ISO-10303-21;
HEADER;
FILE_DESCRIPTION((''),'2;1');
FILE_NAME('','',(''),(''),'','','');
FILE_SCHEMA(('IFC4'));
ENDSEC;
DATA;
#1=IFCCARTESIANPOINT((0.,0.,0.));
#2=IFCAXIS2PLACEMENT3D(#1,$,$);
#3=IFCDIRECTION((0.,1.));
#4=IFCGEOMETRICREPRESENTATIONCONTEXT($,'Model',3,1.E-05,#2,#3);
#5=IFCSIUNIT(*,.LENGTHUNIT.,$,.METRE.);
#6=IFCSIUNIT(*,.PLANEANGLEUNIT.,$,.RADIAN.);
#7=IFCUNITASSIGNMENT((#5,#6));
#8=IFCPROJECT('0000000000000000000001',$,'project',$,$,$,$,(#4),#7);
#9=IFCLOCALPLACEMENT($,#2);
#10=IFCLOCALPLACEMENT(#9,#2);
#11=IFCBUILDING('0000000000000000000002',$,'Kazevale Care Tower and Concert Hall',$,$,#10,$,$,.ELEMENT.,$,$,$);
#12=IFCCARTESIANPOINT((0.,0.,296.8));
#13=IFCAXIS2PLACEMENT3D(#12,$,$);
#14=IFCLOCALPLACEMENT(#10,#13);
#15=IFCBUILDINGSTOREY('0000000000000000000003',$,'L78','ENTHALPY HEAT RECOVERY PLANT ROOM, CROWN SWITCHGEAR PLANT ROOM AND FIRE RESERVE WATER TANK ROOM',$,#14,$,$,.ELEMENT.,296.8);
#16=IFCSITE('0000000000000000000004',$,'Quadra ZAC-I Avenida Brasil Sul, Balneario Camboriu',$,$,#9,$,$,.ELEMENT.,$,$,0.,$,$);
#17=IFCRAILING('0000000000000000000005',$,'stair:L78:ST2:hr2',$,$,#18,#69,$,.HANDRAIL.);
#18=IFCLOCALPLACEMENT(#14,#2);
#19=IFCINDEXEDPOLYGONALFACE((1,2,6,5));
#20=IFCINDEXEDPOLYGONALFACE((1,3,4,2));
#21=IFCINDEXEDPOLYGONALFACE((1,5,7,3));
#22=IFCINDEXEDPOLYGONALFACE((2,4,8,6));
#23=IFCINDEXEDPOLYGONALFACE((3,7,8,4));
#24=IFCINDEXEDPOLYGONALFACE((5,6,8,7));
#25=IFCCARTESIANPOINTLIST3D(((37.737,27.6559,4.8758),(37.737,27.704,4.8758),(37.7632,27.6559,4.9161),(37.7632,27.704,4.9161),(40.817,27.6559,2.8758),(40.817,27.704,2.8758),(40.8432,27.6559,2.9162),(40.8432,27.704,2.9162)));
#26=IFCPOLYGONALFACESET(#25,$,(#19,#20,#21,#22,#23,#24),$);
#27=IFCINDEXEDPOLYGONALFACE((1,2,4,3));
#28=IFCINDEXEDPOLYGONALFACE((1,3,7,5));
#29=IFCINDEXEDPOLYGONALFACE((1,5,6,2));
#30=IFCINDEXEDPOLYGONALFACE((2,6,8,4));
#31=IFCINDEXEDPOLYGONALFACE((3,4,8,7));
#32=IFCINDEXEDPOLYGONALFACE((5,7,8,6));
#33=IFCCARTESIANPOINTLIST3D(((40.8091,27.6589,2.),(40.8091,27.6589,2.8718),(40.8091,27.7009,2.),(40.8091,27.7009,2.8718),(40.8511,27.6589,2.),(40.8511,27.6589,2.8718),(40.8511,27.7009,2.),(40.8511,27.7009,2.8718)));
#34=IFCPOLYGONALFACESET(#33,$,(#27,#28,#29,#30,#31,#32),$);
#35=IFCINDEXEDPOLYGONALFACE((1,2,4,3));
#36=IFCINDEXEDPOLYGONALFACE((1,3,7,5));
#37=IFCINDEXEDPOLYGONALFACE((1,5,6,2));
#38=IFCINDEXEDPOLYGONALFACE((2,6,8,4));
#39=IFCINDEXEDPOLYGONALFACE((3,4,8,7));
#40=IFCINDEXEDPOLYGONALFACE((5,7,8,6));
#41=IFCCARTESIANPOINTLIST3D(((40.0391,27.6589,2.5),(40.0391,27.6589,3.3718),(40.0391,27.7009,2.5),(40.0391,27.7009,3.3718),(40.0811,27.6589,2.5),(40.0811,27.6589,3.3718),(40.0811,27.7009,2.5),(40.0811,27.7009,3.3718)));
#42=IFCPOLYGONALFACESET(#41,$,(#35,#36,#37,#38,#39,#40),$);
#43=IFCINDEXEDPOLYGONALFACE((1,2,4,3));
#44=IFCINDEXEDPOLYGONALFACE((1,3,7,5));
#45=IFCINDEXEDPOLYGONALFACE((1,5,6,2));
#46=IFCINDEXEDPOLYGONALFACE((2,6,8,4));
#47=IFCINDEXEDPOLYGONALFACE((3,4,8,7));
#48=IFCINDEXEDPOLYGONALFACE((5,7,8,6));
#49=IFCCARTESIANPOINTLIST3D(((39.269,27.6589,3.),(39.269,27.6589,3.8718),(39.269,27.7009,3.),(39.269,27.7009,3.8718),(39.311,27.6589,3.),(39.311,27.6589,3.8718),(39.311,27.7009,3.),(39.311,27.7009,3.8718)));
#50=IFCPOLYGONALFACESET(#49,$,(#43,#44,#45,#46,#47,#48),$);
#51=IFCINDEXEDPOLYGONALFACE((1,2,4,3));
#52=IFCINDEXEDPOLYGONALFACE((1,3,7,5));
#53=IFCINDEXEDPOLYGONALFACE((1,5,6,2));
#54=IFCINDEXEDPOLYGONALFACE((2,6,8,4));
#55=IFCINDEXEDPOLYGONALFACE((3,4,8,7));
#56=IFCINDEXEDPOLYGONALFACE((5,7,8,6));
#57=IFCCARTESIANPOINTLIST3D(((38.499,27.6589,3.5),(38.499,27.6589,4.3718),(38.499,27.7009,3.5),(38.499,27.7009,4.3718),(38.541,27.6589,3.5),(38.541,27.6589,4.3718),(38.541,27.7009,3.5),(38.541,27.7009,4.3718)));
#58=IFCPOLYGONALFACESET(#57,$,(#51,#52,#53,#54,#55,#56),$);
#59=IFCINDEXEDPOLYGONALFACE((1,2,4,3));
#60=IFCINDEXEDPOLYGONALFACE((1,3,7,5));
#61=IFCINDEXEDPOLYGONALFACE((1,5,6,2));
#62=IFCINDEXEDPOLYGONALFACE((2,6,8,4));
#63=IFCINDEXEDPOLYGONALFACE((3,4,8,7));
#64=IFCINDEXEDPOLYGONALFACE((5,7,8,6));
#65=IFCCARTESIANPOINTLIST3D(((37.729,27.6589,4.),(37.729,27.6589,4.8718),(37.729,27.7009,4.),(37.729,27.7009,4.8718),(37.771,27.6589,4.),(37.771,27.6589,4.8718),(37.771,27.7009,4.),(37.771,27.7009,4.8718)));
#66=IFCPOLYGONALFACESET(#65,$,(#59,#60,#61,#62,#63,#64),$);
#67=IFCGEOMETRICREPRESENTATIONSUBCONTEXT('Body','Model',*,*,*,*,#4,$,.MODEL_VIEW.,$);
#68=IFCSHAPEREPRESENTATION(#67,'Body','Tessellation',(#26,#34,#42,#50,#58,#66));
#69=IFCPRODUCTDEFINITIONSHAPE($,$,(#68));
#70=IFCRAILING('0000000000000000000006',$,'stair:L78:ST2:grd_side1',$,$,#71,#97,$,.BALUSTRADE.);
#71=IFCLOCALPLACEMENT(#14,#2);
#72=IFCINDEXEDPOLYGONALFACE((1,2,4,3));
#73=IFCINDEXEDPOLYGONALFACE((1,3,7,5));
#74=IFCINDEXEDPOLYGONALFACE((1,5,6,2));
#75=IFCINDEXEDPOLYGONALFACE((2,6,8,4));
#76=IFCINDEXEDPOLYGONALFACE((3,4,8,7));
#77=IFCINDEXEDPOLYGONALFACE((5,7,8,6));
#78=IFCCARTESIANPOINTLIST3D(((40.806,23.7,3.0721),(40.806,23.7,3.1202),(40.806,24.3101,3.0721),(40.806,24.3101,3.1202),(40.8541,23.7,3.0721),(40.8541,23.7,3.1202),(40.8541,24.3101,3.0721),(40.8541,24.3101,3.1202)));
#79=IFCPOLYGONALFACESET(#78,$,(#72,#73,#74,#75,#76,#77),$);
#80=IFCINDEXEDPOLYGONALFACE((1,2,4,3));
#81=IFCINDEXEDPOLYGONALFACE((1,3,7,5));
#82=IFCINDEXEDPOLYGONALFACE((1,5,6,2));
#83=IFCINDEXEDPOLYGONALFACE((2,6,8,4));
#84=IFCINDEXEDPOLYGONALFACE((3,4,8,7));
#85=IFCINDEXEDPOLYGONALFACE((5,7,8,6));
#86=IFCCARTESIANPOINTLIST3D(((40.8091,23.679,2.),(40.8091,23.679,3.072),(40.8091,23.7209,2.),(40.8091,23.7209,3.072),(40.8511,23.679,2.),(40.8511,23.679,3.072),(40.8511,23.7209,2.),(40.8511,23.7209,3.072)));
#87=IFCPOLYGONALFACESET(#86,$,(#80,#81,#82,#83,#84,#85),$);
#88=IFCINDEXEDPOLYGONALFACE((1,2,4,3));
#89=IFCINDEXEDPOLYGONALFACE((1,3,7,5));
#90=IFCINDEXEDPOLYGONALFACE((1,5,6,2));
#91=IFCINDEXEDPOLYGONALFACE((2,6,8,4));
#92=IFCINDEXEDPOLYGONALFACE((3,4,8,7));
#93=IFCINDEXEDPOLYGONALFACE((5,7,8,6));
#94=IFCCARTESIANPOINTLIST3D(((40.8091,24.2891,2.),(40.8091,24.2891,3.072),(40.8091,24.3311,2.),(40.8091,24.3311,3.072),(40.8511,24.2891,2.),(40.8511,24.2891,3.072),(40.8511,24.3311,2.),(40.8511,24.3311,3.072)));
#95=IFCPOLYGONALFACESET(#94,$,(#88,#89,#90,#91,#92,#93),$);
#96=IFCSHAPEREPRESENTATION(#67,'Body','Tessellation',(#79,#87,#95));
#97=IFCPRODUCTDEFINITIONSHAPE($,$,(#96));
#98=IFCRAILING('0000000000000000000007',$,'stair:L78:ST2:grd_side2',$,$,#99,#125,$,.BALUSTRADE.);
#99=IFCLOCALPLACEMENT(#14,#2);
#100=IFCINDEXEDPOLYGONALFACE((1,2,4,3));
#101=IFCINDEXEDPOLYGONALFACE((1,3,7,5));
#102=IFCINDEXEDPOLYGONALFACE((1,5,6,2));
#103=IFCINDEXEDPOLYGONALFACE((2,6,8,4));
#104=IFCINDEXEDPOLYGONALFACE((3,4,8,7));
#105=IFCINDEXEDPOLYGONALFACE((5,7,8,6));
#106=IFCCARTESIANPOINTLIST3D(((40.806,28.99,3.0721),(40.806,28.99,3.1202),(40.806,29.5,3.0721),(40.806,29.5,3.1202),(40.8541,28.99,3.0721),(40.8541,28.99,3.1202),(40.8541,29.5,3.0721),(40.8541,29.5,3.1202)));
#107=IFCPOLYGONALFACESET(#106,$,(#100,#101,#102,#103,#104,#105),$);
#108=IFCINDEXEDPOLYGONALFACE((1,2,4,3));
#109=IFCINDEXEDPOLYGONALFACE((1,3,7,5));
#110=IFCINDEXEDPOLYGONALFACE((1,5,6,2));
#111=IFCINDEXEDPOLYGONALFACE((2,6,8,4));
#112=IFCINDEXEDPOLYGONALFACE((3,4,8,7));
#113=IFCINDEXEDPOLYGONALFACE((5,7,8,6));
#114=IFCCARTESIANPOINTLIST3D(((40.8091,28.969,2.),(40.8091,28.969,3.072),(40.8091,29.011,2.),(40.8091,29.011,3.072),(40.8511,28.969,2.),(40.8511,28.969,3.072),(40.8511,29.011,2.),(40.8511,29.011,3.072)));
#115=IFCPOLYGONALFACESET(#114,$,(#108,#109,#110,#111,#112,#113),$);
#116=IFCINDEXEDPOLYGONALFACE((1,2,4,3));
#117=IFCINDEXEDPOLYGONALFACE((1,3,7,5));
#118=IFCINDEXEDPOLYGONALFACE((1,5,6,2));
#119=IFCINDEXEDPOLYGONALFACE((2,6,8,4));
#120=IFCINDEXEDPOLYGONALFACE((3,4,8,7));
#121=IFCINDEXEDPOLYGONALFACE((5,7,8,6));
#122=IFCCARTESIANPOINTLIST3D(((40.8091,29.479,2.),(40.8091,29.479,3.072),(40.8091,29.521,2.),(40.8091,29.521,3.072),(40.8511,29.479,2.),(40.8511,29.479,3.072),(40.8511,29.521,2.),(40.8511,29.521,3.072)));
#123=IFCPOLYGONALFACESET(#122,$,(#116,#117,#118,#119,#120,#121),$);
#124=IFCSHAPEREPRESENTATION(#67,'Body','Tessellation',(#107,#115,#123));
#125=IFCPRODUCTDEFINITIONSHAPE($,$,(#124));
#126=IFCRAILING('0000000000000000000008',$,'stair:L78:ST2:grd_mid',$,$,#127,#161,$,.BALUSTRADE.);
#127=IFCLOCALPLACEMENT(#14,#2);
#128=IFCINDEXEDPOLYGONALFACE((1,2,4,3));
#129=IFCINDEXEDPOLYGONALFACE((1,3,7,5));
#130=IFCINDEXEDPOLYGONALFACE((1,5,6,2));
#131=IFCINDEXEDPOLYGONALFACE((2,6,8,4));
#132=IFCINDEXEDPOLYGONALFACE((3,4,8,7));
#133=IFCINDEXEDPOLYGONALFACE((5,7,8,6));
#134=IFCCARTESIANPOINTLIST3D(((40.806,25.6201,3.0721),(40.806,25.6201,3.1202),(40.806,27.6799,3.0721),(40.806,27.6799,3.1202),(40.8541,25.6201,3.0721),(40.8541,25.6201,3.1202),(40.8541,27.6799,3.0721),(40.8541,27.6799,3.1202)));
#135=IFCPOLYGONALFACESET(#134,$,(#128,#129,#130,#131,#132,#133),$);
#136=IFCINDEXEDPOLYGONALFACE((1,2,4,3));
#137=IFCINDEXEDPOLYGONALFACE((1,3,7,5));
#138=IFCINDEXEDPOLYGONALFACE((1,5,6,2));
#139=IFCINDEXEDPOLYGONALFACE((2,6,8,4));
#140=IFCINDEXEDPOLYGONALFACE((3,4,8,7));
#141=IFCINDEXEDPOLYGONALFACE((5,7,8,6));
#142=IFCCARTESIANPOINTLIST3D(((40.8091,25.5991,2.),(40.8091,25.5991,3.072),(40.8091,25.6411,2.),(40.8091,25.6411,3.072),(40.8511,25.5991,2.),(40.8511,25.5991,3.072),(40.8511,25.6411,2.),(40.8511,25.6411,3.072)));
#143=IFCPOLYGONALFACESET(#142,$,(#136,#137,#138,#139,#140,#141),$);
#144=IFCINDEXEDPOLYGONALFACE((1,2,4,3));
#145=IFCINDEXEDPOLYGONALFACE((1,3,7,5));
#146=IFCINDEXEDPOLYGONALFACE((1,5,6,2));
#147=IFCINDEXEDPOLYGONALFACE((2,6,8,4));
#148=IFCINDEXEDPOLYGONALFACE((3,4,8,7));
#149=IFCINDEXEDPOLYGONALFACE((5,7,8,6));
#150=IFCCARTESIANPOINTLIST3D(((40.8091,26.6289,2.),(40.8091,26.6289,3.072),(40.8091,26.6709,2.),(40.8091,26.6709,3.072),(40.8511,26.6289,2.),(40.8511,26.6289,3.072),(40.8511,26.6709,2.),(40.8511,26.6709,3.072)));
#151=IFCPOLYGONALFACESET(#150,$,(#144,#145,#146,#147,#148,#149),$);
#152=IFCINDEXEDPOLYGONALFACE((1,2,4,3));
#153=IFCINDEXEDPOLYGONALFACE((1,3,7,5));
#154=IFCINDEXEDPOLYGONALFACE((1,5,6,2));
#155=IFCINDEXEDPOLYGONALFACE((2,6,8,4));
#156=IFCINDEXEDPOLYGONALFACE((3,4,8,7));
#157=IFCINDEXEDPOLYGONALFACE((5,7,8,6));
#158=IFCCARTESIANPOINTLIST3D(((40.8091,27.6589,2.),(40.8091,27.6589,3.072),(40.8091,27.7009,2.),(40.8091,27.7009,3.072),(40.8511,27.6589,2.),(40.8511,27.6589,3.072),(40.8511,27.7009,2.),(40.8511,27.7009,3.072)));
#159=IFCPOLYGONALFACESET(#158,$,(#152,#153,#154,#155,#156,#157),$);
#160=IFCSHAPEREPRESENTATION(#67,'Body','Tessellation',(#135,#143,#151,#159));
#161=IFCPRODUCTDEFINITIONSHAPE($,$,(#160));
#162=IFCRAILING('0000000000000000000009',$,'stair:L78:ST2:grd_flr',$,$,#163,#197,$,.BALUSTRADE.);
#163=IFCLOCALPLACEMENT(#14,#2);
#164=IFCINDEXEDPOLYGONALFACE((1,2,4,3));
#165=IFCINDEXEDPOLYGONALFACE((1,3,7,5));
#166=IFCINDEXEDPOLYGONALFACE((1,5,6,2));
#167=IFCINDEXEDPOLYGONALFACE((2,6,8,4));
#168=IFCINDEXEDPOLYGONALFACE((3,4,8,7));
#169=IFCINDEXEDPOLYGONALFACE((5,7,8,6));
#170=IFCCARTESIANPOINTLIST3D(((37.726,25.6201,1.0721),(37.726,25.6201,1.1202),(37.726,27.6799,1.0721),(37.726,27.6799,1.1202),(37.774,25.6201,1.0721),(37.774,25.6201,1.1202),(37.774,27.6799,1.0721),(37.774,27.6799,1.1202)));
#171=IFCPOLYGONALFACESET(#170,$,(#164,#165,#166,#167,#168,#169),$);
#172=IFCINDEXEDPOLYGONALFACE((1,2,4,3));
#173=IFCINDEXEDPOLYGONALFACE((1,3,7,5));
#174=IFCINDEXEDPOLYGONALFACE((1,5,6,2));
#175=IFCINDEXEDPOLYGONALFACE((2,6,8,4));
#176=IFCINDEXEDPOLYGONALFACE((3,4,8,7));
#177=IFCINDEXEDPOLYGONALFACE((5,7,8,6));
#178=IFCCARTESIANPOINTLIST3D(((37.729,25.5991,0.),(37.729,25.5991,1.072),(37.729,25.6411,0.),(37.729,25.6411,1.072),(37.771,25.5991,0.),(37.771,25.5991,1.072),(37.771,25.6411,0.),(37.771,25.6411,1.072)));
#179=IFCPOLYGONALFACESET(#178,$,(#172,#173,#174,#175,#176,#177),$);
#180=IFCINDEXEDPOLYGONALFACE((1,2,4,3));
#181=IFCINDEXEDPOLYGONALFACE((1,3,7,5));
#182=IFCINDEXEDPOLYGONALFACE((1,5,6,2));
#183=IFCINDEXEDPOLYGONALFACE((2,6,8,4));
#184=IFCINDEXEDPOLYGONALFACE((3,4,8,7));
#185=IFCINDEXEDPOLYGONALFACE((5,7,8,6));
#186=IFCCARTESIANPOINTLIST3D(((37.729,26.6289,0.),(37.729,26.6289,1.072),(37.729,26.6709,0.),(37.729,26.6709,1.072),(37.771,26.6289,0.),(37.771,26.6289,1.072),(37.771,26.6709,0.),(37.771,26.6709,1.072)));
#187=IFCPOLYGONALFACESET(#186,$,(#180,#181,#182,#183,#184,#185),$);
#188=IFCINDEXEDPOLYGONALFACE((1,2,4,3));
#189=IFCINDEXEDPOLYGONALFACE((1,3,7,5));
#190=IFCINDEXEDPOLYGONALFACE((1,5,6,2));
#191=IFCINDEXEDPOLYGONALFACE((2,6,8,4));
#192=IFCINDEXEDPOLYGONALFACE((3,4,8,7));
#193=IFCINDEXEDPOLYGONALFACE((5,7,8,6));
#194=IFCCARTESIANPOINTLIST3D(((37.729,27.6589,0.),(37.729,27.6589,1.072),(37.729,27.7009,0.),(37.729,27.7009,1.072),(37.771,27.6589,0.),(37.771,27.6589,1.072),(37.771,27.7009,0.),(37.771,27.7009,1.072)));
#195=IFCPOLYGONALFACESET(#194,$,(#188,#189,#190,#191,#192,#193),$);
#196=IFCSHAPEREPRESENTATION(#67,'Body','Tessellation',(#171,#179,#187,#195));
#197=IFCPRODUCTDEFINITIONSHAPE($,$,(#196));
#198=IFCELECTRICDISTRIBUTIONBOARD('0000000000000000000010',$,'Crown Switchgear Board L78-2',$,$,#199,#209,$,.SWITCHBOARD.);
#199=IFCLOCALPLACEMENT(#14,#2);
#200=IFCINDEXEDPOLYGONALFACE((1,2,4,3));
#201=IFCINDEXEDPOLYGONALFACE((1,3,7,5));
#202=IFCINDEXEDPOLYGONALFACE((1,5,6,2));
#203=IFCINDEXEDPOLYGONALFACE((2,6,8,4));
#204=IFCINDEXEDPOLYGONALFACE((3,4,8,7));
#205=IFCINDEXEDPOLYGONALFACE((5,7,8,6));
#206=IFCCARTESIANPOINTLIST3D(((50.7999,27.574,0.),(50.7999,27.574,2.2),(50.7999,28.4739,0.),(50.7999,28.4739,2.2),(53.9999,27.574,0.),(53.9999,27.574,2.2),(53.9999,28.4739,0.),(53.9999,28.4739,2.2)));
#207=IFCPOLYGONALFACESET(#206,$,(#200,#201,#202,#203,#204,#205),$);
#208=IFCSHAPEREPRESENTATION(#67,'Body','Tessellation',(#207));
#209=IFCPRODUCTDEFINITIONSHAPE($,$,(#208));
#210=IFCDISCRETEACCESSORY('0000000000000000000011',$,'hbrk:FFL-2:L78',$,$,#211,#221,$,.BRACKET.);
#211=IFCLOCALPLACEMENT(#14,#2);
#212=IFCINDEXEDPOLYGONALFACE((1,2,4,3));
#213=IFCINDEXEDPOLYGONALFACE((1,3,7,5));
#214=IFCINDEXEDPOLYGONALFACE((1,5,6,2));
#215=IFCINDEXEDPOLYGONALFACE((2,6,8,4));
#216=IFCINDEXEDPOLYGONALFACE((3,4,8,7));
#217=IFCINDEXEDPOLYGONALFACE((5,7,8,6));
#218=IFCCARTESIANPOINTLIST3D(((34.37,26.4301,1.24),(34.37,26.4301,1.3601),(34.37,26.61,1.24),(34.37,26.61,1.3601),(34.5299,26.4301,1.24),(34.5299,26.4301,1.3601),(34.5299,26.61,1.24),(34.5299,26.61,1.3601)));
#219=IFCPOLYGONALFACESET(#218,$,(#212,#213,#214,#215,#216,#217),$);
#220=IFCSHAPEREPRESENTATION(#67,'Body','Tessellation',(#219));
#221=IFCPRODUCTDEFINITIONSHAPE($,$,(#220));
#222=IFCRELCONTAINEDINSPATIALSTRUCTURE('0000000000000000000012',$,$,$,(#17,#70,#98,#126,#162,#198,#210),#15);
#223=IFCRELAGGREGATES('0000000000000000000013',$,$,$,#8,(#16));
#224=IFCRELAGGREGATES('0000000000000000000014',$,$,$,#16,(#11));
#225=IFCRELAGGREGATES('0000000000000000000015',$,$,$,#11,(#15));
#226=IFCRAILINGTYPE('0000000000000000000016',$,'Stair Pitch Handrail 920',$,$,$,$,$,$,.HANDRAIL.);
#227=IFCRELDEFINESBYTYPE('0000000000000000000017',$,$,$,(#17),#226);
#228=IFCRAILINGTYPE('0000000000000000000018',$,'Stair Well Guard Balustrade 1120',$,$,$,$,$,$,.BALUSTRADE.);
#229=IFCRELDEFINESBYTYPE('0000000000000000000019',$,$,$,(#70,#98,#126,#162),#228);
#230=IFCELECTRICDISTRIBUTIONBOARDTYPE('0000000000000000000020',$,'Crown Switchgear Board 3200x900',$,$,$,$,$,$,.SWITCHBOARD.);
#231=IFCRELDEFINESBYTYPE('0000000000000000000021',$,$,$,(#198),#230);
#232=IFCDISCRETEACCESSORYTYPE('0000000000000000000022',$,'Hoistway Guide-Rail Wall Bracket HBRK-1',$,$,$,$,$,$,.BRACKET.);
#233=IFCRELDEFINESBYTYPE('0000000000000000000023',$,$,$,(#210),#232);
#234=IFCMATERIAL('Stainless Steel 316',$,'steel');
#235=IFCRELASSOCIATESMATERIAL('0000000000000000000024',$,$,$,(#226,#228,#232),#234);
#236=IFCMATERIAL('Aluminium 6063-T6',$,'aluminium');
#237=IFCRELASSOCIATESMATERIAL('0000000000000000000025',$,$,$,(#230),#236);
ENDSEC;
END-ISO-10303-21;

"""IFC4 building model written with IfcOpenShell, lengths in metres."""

from ifc_helpers import new_model, si_unit, direction, frame, origin, origin_2d, place, context, subcontext, project, spatial, rectangle, extrude, material, type_object, element, save


model = new_model("IFC4")

# Units and contexts
model_context = context("Model", 3, precision=1e-05, world=origin(), true_north=direction((0.0, 1.0)))
body_context = subcontext(model_context, "Body", "Model", "MODEL_VIEW")
ifc_project = project(units=[si_unit("LENGTHUNIT", "METRE"), si_unit("PLANEANGLEUNIT", "RADIAN")], contexts=[model_context])

# Site, building, storey
site_placement = place(None, origin())
site = spatial("IfcSite", under=ifc_project, at=site_placement, Name="Quadra ZAC-I Avenida Brasil Sul, Balneario Camboriu", CompositionType="ELEMENT", RefElevation=0.0)
building_placement = place(site_placement, origin())
building = spatial("IfcBuilding", under=site, at=building_placement, Name="Kazevale Care Tower and Concert Hall", CompositionType="ELEMENT")
storey_placement = place(building_placement, frame((0.0, 0.0, 296.8)))
storey = spatial("IfcBuildingStorey", under=building, at=storey_placement, Name="L78", Description="ENTHALPY HEAT RECOVERY PLANT ROOM, CROWN SWITCHGEAR PLANT ROOM AND FIRE RESERVE WATER TANK ROOM", CompositionType="ELEMENT", Elevation=296.8)

# Shared definitions
ifc_material_1 = material(Name="Aluminium 6063-T6", Category="aluminium")

# Railings
ifc_material_2 = material(Name="Stainless Steel 316", Category="steel")
railing_type_1 = type_object("IfcRailingType", Name="Stair Pitch Handrail 920", PredefinedType="HANDRAIL", material=ifc_material_2)
railing_1_placement = place(storey_placement, frame((40.8301, 27.6799, 2.0)))
element("IfcRailing", 1, at=railing_1_placement, inside=storey, type_object=railing_type_1, Name="stair:L78:ST2:hr2", PredefinedType="HANDRAIL", context=body_context, shape_type="SweptSolid", body=[
    extrude(rectangle(XDim=0.0481, YDim=0.0481, at=origin_2d()), frame((0.0, 0.0, 0.896), z_axis=(-0.838699, 0.0, 0.544596), x_axis=(0.0, -1.0, 0.0)), (0.0, 0.0, 1.0), 3.6724),
    extrude(rectangle(XDim=0.042, YDim=0.042, at=origin_2d()), origin(), (0.0, 0.0, 1.0), 0.8718),
    extrude(rectangle(XDim=0.042, YDim=0.042, at=origin_2d()), frame((-0.77, 0.0, 0.5)), (0.0, 0.0, 1.0), 0.8718),
    extrude(rectangle(XDim=0.042, YDim=0.042, at=origin_2d()), frame((-1.54, 0.0, 1.0)), (0.0, 0.0, 1.0), 0.8718),
    extrude(rectangle(XDim=0.042, YDim=0.042, at=origin_2d()), frame((-2.3101, 0.0, 1.5)), (0.0, 0.0, 1.0), 0.8718),
    extrude(rectangle(XDim=0.042, YDim=0.042, at=origin_2d()), frame((-3.0801, 0.0, 2.0)), (0.0, 0.0, 1.0), 0.8718),
])
railing_type_2 = type_object("IfcRailingType", Name="Stair Well Guard Balustrade 1120", PredefinedType="BALUSTRADE", material=ifc_material_2)
railing_2_placement = place(storey_placement, frame((40.8301, 23.7, 2.0)))
element("IfcRailing", 2, at=railing_2_placement, inside=storey, type_object=railing_type_2, Name="stair:L78:ST2:grd_side1", PredefinedType="BALUSTRADE", context=body_context, shape_type="SweptSolid", body=[
    extrude(rectangle(XDim=0.0481, YDim=0.0481, at=origin_2d()), frame((0.0, 0.0, 1.0962), z_axis=(0.0, 1.0, 0.0), x_axis=(-1.0, 0.0, 0.0)), (0.0, 0.0, 1.0), 0.6101),
    extrude(rectangle(XDim=0.042, YDim=0.042, at=origin_2d()), origin(), (0.0, 0.0, 1.0), 1.072),
    extrude(rectangle(XDim=0.042, YDim=0.042, at=origin_2d()), frame((0.0, 0.6101, 0.0)), (0.0, 0.0, 1.0), 1.072),
])
railing_3_placement = place(storey_placement, frame((40.8301, 28.99, 2.0)))
element("IfcRailing", 3, at=railing_3_placement, inside=storey, type_object=railing_type_2, Name="stair:L78:ST2:grd_side2", PredefinedType="BALUSTRADE", context=body_context, shape_type="SweptSolid", body=[
    extrude(rectangle(XDim=0.0481, YDim=0.0481, at=origin_2d()), frame((0.0, 0.0, 1.0962), z_axis=(0.0, 1.0, 0.0), x_axis=(-1.0, 0.0, 0.0)), (0.0, 0.0, 1.0), 0.51),
    extrude(rectangle(XDim=0.042, YDim=0.042, at=origin_2d()), origin(), (0.0, 0.0, 1.0), 1.072),
    extrude(rectangle(XDim=0.042, YDim=0.042, at=origin_2d()), frame((0.0, 0.51, 0.0)), (0.0, 0.0, 1.0), 1.072),
])
for number, where, name in (
    (4, (40.8301, 25.6201, 2.0), "stair:L78:ST2:grd_mid"),
    (5, (37.75, 25.6201, 0.0), "stair:L78:ST2:grd_flr"),
):
    element("IfcRailing", number, at=place(storey_placement, frame(where)), inside=storey, type_object=railing_type_2, Name=name, PredefinedType="BALUSTRADE", context=body_context, shape_type="SweptSolid", body=[
        extrude(rectangle(XDim=0.0481, YDim=0.0481, at=origin_2d()), frame((0.0, 0.0, 1.0962), z_axis=(0.0, 1.0, 0.0), x_axis=(-1.0, 0.0, 0.0)), (0.0, 0.0, 1.0), 2.0598),
        extrude(rectangle(XDim=0.042, YDim=0.042, at=origin_2d()), origin(), (0.0, 0.0, 1.0), 1.072),
        extrude(rectangle(XDim=0.042, YDim=0.042, at=origin_2d()), frame((0.0, 1.0298, 0.0)), (0.0, 0.0, 1.0), 1.072),
        extrude(rectangle(XDim=0.042, YDim=0.042, at=origin_2d()), frame((0.0, 2.0598, 0.0)), (0.0, 0.0, 1.0), 1.072),
    ])

# Electric distribution board
electric_distribution_board_type = type_object("IfcElectricDistributionBoardType", Name="Crown Switchgear Board 3200x900", PredefinedType="SWITCHBOARD", material=ifc_material_1)
electric_distribution_board_placement = place(storey_placement, frame((52.3999, 28.0239, 0.0), z_axis=(0.0, 0.0, 1.0), x_axis=(1.0, 0.0, 0.0)))
element("IfcElectricDistributionBoard", 6, at=electric_distribution_board_placement, inside=storey, type_object=electric_distribution_board_type, Name="Crown Switchgear Board L78-2", PredefinedType="SWITCHBOARD", context=body_context, shape_type="SweptSolid", body=[
    extrude(rectangle(XDim=3.2, YDim=0.8999, at=origin_2d()), origin(), (0.0, 0.0, 1.0), 2.2),
])

# Discrete accessory
discrete_accessory_type = type_object("IfcDiscreteAccessoryType", Name="Hoistway Guide-Rail Wall Bracket HBRK-1", PredefinedType="BRACKET", material=ifc_material_2)
discrete_accessory_placement = place(storey_placement, frame((34.45, 26.52, 1.24), z_axis=(0.0, 0.0, 1.0), x_axis=(1.0, 0.0, 0.0)))
element("IfcDiscreteAccessory", 7, at=discrete_accessory_placement, inside=storey, type_object=discrete_accessory_type, Name="hbrk:FFL-2:L78", PredefinedType="BRACKET", context=body_context, shape_type="SweptSolid", body=[
    extrude(rectangle(XDim=0.1599, YDim=0.1799, at=origin_2d()), origin(), (0.0, 0.0, 1.0), 0.1201),
])

save(model, "model.ifc")
